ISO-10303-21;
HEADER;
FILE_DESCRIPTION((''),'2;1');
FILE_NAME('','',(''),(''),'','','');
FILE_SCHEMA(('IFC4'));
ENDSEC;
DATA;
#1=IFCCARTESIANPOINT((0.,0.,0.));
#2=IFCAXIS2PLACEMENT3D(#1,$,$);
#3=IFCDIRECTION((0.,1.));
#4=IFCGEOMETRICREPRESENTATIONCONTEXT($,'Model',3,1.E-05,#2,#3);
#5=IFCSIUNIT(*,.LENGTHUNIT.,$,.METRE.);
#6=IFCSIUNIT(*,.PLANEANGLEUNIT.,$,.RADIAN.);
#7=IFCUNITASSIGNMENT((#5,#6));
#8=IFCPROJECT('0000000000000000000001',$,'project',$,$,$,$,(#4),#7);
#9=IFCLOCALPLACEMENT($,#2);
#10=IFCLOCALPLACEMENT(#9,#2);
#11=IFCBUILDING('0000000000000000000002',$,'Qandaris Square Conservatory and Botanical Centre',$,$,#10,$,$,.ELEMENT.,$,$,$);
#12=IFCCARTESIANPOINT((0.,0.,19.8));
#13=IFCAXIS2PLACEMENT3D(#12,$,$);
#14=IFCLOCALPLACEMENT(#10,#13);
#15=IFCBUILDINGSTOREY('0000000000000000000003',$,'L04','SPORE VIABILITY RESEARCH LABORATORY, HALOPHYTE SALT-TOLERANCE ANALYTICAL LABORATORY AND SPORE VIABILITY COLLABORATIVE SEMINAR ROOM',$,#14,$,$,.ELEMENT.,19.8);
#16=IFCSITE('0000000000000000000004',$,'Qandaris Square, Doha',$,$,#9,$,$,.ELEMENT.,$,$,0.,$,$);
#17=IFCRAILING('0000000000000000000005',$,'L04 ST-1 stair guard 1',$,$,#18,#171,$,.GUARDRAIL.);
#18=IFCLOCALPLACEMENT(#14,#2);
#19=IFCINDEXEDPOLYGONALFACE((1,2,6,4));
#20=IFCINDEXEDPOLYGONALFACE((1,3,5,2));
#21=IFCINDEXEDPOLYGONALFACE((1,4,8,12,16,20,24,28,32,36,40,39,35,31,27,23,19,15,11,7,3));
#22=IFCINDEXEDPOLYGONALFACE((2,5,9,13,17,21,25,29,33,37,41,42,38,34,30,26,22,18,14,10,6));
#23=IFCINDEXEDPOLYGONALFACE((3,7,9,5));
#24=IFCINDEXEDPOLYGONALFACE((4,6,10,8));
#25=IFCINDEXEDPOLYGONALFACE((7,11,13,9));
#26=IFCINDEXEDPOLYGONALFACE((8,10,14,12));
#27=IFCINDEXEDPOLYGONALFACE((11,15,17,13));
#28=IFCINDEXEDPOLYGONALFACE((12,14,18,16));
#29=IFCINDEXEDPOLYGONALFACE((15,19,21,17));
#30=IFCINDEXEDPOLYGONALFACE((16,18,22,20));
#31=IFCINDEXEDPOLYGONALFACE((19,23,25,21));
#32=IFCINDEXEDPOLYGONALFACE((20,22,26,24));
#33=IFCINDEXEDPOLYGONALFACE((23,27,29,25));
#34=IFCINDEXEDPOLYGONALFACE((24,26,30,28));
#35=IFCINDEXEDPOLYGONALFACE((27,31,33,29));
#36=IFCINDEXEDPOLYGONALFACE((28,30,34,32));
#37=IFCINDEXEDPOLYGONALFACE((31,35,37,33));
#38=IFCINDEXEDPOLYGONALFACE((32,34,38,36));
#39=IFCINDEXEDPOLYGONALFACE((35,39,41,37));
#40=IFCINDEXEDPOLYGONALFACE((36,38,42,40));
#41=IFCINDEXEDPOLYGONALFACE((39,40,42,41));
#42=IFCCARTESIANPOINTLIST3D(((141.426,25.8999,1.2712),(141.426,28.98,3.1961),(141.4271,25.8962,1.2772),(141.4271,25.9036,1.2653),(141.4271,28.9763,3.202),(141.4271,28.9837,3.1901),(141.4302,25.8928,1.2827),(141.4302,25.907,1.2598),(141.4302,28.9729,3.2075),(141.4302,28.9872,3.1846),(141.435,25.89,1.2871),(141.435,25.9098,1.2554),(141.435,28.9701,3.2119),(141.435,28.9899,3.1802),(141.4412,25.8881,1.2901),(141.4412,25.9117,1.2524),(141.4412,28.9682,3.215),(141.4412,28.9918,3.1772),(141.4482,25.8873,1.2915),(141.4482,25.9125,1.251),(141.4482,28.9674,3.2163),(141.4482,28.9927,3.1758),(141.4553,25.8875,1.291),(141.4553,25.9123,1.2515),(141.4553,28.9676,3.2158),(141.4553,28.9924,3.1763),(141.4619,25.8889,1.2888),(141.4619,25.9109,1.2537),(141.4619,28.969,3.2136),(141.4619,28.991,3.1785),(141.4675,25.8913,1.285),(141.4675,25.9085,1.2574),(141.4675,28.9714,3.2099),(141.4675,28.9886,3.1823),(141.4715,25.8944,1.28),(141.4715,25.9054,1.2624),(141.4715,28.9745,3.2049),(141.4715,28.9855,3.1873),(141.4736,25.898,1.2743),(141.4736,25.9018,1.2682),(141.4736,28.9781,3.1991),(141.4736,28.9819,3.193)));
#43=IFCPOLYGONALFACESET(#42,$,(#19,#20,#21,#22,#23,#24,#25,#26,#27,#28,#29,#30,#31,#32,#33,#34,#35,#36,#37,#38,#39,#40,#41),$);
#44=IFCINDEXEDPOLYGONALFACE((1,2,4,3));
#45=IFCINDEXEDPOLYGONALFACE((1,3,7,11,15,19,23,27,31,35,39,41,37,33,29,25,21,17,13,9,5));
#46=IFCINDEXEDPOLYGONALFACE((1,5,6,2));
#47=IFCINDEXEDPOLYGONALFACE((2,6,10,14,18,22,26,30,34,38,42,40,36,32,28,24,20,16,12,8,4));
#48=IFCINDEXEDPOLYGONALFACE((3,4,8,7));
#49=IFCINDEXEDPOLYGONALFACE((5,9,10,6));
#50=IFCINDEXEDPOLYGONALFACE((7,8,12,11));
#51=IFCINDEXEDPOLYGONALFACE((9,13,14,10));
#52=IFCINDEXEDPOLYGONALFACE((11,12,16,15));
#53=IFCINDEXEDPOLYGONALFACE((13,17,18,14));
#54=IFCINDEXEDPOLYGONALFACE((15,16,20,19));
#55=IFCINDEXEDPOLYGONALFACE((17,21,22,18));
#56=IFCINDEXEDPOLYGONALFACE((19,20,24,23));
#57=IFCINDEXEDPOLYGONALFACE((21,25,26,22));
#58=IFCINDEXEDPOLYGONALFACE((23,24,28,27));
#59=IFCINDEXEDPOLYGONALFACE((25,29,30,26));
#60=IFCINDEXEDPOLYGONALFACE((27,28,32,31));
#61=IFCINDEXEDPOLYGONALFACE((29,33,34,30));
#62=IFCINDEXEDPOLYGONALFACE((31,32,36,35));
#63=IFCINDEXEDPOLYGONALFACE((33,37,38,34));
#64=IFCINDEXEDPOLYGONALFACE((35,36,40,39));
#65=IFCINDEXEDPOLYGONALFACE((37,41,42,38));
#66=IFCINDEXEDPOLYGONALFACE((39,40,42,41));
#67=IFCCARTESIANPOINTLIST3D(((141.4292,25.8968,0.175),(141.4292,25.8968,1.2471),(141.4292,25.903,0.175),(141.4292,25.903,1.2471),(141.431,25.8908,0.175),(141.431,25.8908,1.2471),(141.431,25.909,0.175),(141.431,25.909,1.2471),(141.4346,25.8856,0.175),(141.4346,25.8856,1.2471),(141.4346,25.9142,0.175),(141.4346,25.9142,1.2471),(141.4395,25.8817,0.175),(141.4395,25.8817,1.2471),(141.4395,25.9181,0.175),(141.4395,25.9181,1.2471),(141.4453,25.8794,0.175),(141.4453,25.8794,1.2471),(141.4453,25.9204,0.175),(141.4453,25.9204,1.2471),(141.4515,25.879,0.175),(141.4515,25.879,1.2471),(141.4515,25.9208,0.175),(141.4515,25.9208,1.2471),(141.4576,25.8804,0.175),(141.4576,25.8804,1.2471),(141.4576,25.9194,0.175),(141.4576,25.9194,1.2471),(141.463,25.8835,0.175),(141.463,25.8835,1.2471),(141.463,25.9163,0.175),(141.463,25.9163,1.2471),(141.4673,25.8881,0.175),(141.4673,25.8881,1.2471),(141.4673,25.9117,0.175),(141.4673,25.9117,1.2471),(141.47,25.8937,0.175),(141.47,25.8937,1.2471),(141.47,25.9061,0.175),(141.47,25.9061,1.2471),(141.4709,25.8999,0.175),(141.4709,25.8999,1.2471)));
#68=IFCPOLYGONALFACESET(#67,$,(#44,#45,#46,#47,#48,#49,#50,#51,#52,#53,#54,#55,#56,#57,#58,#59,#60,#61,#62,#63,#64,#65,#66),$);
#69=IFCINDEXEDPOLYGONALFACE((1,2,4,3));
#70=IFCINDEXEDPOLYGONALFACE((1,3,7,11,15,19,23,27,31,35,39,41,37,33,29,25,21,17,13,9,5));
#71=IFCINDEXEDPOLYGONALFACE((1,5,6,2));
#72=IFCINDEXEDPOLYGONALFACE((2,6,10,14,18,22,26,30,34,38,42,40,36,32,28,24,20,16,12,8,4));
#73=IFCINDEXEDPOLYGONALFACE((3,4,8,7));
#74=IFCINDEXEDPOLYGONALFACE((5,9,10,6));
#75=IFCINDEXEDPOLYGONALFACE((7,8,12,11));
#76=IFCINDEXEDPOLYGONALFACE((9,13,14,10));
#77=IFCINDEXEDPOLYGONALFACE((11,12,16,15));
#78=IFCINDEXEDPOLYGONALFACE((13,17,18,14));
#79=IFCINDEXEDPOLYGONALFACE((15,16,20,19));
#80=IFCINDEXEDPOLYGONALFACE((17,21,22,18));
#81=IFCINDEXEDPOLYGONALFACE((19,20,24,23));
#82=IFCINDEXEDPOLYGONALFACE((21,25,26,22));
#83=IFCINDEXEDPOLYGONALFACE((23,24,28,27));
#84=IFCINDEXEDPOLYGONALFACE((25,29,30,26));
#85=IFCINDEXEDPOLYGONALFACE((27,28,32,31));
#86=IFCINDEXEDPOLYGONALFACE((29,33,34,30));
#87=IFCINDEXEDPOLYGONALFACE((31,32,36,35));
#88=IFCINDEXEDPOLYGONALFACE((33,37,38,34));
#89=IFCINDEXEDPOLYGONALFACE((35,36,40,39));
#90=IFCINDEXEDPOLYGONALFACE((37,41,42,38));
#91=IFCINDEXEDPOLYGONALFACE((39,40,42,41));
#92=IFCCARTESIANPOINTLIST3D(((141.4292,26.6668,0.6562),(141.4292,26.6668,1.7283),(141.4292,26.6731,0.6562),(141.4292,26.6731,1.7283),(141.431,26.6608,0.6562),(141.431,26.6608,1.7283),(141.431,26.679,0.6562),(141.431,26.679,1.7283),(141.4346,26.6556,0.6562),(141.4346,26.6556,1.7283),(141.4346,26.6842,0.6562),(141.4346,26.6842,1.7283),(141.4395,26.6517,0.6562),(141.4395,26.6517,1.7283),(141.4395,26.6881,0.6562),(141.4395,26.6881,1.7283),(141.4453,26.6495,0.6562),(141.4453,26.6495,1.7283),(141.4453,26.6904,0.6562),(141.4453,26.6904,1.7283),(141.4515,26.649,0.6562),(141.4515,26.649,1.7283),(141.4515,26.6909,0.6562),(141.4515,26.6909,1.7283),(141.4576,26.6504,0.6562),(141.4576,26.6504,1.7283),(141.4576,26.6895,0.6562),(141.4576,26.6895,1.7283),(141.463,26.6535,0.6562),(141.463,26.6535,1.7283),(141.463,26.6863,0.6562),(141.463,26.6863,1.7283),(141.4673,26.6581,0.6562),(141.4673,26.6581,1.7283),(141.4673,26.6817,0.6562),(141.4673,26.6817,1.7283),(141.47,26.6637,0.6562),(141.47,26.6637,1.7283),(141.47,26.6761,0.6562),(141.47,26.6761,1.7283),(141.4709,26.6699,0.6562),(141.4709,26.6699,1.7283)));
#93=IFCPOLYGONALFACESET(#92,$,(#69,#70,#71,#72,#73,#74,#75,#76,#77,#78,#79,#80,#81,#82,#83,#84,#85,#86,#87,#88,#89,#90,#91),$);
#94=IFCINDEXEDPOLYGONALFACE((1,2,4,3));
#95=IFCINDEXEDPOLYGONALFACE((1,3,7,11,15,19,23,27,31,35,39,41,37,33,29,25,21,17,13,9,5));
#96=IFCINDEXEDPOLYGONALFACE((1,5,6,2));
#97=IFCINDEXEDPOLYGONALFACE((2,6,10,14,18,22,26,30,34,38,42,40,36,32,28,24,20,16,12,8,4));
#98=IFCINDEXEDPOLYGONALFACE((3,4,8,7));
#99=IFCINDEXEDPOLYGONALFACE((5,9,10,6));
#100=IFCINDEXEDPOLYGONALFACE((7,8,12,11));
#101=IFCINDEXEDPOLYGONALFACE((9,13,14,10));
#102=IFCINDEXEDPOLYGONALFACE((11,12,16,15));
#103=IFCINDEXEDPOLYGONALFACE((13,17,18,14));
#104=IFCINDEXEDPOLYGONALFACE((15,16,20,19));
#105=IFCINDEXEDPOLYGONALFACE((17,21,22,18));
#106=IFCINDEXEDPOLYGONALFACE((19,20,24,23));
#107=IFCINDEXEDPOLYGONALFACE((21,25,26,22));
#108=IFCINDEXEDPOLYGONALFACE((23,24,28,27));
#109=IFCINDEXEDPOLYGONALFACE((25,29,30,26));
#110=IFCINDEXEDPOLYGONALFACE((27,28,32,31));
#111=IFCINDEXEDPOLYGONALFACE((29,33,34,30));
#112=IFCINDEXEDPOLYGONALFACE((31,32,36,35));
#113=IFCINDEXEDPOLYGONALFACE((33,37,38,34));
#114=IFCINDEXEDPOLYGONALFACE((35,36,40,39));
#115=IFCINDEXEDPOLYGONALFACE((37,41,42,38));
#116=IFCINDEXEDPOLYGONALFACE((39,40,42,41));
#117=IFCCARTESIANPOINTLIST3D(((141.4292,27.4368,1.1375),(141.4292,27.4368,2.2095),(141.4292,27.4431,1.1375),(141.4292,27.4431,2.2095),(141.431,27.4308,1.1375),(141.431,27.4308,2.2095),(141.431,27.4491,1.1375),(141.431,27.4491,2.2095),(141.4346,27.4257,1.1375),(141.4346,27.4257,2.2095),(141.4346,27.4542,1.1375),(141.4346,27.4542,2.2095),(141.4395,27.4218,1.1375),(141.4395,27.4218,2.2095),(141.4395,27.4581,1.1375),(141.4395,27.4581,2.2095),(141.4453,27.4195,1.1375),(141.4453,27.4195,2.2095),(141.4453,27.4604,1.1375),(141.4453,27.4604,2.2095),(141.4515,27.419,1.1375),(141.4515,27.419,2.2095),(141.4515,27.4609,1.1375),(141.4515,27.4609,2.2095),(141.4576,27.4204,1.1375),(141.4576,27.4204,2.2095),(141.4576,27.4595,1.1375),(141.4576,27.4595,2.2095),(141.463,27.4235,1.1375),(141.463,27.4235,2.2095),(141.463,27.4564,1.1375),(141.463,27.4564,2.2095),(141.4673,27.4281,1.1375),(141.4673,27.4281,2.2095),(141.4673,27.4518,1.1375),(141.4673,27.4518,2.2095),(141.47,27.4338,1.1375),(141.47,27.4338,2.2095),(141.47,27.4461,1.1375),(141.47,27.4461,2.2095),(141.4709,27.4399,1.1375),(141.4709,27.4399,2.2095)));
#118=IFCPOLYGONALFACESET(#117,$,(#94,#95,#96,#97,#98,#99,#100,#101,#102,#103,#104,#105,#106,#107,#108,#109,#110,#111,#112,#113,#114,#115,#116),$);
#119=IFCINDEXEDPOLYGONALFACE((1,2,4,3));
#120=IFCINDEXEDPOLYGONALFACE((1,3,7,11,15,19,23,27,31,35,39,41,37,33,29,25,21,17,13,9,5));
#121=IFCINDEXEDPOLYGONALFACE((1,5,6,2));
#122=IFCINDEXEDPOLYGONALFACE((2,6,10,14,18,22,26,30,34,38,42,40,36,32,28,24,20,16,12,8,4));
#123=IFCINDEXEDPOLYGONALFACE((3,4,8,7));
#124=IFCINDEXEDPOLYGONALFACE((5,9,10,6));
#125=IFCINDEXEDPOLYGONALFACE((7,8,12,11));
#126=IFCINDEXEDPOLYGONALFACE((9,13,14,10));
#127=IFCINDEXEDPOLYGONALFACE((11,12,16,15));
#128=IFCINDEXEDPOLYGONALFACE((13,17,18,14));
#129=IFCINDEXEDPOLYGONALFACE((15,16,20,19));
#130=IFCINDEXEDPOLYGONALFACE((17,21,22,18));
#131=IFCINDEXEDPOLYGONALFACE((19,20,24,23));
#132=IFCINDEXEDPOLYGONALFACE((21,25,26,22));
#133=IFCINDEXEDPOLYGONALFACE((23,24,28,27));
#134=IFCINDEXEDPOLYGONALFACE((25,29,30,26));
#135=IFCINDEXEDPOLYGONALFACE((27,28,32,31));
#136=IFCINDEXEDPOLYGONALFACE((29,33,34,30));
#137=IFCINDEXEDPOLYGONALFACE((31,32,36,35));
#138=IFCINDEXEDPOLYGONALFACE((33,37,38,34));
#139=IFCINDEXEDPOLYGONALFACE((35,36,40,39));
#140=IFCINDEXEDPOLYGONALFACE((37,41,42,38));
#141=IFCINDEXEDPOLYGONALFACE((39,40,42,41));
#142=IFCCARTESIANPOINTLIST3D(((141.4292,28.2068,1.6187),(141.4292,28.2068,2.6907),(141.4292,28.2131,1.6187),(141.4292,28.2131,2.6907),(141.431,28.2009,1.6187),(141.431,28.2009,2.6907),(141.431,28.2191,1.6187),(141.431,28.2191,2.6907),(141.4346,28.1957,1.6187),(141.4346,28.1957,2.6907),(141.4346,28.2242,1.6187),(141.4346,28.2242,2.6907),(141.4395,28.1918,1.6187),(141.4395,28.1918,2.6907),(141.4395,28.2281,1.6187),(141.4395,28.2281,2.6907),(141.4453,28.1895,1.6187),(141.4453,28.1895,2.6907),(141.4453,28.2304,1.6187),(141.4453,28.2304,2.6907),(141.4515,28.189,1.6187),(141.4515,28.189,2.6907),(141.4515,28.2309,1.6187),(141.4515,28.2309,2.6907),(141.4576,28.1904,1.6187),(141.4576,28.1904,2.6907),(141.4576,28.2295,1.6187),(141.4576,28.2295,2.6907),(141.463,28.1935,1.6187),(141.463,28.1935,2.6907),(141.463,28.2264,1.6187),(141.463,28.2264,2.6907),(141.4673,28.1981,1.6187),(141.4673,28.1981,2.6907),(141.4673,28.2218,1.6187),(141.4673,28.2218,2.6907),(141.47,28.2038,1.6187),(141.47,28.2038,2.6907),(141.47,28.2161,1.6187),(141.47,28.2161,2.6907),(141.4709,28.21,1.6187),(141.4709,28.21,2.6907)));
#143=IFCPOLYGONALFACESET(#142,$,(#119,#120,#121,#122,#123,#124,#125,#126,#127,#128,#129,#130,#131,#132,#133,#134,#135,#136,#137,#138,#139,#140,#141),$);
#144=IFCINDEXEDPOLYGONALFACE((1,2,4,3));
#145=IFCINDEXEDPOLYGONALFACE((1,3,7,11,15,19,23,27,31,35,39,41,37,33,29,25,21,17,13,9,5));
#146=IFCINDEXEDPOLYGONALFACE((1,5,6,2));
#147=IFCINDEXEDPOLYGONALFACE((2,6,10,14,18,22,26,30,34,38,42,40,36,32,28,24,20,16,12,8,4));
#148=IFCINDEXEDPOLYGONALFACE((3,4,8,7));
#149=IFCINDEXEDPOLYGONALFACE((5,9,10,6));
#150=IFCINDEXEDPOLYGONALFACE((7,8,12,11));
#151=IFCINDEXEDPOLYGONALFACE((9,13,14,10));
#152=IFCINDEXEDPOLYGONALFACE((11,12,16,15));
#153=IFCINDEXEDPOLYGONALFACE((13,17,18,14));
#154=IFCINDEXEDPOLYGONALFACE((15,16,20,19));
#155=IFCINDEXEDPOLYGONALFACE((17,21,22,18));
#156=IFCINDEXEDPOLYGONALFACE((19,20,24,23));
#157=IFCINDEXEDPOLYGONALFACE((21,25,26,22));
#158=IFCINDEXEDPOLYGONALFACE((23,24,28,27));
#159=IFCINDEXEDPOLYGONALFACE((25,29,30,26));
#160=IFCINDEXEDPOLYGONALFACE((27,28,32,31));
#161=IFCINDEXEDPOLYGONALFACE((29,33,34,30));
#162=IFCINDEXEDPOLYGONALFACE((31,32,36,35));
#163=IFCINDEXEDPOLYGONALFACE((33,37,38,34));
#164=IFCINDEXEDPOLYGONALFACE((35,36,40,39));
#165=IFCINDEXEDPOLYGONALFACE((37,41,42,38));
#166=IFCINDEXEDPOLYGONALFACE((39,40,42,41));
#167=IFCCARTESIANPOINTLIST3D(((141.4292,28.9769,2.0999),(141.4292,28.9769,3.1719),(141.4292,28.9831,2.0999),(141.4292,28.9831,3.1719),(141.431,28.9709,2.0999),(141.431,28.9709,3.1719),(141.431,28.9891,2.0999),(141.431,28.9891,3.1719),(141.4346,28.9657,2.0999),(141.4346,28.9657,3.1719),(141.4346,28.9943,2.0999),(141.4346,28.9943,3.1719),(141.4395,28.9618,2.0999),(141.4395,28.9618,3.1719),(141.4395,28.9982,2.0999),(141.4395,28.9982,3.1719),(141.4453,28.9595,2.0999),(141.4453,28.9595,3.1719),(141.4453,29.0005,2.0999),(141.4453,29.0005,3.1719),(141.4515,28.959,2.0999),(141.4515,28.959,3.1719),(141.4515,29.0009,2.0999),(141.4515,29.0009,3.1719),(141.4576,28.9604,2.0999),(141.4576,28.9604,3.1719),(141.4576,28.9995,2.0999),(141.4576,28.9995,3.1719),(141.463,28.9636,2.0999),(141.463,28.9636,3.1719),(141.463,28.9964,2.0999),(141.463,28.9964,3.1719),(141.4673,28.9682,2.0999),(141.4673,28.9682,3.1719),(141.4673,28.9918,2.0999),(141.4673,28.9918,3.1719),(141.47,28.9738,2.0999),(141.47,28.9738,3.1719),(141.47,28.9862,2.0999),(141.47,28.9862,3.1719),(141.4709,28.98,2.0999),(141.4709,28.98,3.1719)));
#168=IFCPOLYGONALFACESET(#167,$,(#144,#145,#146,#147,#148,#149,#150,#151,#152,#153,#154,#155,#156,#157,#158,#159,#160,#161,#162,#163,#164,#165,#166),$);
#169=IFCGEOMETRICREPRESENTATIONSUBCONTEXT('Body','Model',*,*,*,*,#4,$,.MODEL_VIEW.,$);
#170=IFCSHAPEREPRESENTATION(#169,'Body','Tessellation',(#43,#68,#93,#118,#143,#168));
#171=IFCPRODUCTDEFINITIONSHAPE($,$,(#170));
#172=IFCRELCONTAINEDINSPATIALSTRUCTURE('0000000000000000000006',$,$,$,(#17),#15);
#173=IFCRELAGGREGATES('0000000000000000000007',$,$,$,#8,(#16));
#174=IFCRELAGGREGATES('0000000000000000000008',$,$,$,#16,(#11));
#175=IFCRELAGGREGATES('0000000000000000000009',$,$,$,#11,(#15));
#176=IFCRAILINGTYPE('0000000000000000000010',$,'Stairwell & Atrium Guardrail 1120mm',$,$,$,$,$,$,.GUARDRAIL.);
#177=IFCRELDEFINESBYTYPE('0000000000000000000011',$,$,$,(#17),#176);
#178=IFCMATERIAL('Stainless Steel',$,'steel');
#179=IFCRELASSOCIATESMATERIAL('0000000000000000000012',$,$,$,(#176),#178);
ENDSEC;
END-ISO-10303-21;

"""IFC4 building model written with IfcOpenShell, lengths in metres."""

from ifc_helpers import new_model, si_unit, direction, frame, origin, origin_2d, place, context, subcontext, project, spatial, circle, extrude, material, type_object, element, save


model = new_model("IFC4")

# Units and contexts
model_context = context("Model", 3, precision=1e-05, world=origin(), true_north=direction((0.0, 1.0)))
body_context = subcontext(model_context, "Body", "Model", "MODEL_VIEW")
ifc_project = project(units=[si_unit("LENGTHUNIT", "METRE"), si_unit("PLANEANGLEUNIT", "RADIAN")], contexts=[model_context])

# Site, building, storey
site_placement = place(None, origin())
site = spatial("IfcSite", under=ifc_project, at=site_placement, Name="Qandaris Square, Doha", CompositionType="ELEMENT", RefElevation=0.0)
building_placement = place(site_placement, origin())
building = spatial("IfcBuilding", under=site, at=building_placement, Name="Qandaris Square Conservatory and Botanical Centre", CompositionType="ELEMENT")
storey_placement = place(building_placement, frame((0.0, 0.0, 19.8)))
storey = spatial("IfcBuildingStorey", under=building, at=storey_placement, Name="L04", Description="SPORE VIABILITY RESEARCH LABORATORY, HALOPHYTE SALT-TOLERANCE ANALYTICAL LABORATORY AND SPORE VIABILITY COLLABORATIVE SEMINAR ROOM", CompositionType="ELEMENT", Elevation=19.8)

# Railing
ifc_material_1 = material(Name="Stainless Steel", Category="steel")
railing_type_1 = type_object("IfcRailingType", Name="Stairwell & Atrium Guardrail 1120mm", PredefinedType="GUARDRAIL", material=ifc_material_1)
railing_1_placement = place(storey_placement, frame((141.45, 25.8999, 0.175)))
element("IfcRailing", 1, at=railing_1_placement, inside=storey, type_object=railing_type_1, Name="L04 ST-1 stair guard 1", PredefinedType="GUARDRAIL", context=body_context, shape_type="SweptSolid", body=[
    extrude(circle(Radius=0.0239, at=origin_2d()), frame((0.0, 0.0, 1.0962), z_axis=(0.0, 0.848029, 0.529951), x_axis=(-1.0, 0.0, 0.0)), (0.0, 0.0, 1.0), 3.6321),
    extrude(circle(Radius=0.021, at=origin_2d()), origin(), (0.0, 0.0, 1.0), 1.072),
    extrude(circle(Radius=0.021, at=origin_2d()), frame((0.0, 0.77, 0.4812)), (0.0, 0.0, 1.0), 1.072),
    extrude(circle(Radius=0.021, at=origin_2d()), frame((0.0, 1.54, 0.9624)), (0.0, 0.0, 1.0), 1.072),
    extrude(circle(Radius=0.021, at=origin_2d()), frame((0.0, 2.3101, 1.4436)), (0.0, 0.0, 1.0), 1.072),
    extrude(circle(Radius=0.021, at=origin_2d()), frame((0.0, 3.0801, 1.9248)), (0.0, 0.0, 1.0), 1.072),
])

save(model, "model.ifc")
